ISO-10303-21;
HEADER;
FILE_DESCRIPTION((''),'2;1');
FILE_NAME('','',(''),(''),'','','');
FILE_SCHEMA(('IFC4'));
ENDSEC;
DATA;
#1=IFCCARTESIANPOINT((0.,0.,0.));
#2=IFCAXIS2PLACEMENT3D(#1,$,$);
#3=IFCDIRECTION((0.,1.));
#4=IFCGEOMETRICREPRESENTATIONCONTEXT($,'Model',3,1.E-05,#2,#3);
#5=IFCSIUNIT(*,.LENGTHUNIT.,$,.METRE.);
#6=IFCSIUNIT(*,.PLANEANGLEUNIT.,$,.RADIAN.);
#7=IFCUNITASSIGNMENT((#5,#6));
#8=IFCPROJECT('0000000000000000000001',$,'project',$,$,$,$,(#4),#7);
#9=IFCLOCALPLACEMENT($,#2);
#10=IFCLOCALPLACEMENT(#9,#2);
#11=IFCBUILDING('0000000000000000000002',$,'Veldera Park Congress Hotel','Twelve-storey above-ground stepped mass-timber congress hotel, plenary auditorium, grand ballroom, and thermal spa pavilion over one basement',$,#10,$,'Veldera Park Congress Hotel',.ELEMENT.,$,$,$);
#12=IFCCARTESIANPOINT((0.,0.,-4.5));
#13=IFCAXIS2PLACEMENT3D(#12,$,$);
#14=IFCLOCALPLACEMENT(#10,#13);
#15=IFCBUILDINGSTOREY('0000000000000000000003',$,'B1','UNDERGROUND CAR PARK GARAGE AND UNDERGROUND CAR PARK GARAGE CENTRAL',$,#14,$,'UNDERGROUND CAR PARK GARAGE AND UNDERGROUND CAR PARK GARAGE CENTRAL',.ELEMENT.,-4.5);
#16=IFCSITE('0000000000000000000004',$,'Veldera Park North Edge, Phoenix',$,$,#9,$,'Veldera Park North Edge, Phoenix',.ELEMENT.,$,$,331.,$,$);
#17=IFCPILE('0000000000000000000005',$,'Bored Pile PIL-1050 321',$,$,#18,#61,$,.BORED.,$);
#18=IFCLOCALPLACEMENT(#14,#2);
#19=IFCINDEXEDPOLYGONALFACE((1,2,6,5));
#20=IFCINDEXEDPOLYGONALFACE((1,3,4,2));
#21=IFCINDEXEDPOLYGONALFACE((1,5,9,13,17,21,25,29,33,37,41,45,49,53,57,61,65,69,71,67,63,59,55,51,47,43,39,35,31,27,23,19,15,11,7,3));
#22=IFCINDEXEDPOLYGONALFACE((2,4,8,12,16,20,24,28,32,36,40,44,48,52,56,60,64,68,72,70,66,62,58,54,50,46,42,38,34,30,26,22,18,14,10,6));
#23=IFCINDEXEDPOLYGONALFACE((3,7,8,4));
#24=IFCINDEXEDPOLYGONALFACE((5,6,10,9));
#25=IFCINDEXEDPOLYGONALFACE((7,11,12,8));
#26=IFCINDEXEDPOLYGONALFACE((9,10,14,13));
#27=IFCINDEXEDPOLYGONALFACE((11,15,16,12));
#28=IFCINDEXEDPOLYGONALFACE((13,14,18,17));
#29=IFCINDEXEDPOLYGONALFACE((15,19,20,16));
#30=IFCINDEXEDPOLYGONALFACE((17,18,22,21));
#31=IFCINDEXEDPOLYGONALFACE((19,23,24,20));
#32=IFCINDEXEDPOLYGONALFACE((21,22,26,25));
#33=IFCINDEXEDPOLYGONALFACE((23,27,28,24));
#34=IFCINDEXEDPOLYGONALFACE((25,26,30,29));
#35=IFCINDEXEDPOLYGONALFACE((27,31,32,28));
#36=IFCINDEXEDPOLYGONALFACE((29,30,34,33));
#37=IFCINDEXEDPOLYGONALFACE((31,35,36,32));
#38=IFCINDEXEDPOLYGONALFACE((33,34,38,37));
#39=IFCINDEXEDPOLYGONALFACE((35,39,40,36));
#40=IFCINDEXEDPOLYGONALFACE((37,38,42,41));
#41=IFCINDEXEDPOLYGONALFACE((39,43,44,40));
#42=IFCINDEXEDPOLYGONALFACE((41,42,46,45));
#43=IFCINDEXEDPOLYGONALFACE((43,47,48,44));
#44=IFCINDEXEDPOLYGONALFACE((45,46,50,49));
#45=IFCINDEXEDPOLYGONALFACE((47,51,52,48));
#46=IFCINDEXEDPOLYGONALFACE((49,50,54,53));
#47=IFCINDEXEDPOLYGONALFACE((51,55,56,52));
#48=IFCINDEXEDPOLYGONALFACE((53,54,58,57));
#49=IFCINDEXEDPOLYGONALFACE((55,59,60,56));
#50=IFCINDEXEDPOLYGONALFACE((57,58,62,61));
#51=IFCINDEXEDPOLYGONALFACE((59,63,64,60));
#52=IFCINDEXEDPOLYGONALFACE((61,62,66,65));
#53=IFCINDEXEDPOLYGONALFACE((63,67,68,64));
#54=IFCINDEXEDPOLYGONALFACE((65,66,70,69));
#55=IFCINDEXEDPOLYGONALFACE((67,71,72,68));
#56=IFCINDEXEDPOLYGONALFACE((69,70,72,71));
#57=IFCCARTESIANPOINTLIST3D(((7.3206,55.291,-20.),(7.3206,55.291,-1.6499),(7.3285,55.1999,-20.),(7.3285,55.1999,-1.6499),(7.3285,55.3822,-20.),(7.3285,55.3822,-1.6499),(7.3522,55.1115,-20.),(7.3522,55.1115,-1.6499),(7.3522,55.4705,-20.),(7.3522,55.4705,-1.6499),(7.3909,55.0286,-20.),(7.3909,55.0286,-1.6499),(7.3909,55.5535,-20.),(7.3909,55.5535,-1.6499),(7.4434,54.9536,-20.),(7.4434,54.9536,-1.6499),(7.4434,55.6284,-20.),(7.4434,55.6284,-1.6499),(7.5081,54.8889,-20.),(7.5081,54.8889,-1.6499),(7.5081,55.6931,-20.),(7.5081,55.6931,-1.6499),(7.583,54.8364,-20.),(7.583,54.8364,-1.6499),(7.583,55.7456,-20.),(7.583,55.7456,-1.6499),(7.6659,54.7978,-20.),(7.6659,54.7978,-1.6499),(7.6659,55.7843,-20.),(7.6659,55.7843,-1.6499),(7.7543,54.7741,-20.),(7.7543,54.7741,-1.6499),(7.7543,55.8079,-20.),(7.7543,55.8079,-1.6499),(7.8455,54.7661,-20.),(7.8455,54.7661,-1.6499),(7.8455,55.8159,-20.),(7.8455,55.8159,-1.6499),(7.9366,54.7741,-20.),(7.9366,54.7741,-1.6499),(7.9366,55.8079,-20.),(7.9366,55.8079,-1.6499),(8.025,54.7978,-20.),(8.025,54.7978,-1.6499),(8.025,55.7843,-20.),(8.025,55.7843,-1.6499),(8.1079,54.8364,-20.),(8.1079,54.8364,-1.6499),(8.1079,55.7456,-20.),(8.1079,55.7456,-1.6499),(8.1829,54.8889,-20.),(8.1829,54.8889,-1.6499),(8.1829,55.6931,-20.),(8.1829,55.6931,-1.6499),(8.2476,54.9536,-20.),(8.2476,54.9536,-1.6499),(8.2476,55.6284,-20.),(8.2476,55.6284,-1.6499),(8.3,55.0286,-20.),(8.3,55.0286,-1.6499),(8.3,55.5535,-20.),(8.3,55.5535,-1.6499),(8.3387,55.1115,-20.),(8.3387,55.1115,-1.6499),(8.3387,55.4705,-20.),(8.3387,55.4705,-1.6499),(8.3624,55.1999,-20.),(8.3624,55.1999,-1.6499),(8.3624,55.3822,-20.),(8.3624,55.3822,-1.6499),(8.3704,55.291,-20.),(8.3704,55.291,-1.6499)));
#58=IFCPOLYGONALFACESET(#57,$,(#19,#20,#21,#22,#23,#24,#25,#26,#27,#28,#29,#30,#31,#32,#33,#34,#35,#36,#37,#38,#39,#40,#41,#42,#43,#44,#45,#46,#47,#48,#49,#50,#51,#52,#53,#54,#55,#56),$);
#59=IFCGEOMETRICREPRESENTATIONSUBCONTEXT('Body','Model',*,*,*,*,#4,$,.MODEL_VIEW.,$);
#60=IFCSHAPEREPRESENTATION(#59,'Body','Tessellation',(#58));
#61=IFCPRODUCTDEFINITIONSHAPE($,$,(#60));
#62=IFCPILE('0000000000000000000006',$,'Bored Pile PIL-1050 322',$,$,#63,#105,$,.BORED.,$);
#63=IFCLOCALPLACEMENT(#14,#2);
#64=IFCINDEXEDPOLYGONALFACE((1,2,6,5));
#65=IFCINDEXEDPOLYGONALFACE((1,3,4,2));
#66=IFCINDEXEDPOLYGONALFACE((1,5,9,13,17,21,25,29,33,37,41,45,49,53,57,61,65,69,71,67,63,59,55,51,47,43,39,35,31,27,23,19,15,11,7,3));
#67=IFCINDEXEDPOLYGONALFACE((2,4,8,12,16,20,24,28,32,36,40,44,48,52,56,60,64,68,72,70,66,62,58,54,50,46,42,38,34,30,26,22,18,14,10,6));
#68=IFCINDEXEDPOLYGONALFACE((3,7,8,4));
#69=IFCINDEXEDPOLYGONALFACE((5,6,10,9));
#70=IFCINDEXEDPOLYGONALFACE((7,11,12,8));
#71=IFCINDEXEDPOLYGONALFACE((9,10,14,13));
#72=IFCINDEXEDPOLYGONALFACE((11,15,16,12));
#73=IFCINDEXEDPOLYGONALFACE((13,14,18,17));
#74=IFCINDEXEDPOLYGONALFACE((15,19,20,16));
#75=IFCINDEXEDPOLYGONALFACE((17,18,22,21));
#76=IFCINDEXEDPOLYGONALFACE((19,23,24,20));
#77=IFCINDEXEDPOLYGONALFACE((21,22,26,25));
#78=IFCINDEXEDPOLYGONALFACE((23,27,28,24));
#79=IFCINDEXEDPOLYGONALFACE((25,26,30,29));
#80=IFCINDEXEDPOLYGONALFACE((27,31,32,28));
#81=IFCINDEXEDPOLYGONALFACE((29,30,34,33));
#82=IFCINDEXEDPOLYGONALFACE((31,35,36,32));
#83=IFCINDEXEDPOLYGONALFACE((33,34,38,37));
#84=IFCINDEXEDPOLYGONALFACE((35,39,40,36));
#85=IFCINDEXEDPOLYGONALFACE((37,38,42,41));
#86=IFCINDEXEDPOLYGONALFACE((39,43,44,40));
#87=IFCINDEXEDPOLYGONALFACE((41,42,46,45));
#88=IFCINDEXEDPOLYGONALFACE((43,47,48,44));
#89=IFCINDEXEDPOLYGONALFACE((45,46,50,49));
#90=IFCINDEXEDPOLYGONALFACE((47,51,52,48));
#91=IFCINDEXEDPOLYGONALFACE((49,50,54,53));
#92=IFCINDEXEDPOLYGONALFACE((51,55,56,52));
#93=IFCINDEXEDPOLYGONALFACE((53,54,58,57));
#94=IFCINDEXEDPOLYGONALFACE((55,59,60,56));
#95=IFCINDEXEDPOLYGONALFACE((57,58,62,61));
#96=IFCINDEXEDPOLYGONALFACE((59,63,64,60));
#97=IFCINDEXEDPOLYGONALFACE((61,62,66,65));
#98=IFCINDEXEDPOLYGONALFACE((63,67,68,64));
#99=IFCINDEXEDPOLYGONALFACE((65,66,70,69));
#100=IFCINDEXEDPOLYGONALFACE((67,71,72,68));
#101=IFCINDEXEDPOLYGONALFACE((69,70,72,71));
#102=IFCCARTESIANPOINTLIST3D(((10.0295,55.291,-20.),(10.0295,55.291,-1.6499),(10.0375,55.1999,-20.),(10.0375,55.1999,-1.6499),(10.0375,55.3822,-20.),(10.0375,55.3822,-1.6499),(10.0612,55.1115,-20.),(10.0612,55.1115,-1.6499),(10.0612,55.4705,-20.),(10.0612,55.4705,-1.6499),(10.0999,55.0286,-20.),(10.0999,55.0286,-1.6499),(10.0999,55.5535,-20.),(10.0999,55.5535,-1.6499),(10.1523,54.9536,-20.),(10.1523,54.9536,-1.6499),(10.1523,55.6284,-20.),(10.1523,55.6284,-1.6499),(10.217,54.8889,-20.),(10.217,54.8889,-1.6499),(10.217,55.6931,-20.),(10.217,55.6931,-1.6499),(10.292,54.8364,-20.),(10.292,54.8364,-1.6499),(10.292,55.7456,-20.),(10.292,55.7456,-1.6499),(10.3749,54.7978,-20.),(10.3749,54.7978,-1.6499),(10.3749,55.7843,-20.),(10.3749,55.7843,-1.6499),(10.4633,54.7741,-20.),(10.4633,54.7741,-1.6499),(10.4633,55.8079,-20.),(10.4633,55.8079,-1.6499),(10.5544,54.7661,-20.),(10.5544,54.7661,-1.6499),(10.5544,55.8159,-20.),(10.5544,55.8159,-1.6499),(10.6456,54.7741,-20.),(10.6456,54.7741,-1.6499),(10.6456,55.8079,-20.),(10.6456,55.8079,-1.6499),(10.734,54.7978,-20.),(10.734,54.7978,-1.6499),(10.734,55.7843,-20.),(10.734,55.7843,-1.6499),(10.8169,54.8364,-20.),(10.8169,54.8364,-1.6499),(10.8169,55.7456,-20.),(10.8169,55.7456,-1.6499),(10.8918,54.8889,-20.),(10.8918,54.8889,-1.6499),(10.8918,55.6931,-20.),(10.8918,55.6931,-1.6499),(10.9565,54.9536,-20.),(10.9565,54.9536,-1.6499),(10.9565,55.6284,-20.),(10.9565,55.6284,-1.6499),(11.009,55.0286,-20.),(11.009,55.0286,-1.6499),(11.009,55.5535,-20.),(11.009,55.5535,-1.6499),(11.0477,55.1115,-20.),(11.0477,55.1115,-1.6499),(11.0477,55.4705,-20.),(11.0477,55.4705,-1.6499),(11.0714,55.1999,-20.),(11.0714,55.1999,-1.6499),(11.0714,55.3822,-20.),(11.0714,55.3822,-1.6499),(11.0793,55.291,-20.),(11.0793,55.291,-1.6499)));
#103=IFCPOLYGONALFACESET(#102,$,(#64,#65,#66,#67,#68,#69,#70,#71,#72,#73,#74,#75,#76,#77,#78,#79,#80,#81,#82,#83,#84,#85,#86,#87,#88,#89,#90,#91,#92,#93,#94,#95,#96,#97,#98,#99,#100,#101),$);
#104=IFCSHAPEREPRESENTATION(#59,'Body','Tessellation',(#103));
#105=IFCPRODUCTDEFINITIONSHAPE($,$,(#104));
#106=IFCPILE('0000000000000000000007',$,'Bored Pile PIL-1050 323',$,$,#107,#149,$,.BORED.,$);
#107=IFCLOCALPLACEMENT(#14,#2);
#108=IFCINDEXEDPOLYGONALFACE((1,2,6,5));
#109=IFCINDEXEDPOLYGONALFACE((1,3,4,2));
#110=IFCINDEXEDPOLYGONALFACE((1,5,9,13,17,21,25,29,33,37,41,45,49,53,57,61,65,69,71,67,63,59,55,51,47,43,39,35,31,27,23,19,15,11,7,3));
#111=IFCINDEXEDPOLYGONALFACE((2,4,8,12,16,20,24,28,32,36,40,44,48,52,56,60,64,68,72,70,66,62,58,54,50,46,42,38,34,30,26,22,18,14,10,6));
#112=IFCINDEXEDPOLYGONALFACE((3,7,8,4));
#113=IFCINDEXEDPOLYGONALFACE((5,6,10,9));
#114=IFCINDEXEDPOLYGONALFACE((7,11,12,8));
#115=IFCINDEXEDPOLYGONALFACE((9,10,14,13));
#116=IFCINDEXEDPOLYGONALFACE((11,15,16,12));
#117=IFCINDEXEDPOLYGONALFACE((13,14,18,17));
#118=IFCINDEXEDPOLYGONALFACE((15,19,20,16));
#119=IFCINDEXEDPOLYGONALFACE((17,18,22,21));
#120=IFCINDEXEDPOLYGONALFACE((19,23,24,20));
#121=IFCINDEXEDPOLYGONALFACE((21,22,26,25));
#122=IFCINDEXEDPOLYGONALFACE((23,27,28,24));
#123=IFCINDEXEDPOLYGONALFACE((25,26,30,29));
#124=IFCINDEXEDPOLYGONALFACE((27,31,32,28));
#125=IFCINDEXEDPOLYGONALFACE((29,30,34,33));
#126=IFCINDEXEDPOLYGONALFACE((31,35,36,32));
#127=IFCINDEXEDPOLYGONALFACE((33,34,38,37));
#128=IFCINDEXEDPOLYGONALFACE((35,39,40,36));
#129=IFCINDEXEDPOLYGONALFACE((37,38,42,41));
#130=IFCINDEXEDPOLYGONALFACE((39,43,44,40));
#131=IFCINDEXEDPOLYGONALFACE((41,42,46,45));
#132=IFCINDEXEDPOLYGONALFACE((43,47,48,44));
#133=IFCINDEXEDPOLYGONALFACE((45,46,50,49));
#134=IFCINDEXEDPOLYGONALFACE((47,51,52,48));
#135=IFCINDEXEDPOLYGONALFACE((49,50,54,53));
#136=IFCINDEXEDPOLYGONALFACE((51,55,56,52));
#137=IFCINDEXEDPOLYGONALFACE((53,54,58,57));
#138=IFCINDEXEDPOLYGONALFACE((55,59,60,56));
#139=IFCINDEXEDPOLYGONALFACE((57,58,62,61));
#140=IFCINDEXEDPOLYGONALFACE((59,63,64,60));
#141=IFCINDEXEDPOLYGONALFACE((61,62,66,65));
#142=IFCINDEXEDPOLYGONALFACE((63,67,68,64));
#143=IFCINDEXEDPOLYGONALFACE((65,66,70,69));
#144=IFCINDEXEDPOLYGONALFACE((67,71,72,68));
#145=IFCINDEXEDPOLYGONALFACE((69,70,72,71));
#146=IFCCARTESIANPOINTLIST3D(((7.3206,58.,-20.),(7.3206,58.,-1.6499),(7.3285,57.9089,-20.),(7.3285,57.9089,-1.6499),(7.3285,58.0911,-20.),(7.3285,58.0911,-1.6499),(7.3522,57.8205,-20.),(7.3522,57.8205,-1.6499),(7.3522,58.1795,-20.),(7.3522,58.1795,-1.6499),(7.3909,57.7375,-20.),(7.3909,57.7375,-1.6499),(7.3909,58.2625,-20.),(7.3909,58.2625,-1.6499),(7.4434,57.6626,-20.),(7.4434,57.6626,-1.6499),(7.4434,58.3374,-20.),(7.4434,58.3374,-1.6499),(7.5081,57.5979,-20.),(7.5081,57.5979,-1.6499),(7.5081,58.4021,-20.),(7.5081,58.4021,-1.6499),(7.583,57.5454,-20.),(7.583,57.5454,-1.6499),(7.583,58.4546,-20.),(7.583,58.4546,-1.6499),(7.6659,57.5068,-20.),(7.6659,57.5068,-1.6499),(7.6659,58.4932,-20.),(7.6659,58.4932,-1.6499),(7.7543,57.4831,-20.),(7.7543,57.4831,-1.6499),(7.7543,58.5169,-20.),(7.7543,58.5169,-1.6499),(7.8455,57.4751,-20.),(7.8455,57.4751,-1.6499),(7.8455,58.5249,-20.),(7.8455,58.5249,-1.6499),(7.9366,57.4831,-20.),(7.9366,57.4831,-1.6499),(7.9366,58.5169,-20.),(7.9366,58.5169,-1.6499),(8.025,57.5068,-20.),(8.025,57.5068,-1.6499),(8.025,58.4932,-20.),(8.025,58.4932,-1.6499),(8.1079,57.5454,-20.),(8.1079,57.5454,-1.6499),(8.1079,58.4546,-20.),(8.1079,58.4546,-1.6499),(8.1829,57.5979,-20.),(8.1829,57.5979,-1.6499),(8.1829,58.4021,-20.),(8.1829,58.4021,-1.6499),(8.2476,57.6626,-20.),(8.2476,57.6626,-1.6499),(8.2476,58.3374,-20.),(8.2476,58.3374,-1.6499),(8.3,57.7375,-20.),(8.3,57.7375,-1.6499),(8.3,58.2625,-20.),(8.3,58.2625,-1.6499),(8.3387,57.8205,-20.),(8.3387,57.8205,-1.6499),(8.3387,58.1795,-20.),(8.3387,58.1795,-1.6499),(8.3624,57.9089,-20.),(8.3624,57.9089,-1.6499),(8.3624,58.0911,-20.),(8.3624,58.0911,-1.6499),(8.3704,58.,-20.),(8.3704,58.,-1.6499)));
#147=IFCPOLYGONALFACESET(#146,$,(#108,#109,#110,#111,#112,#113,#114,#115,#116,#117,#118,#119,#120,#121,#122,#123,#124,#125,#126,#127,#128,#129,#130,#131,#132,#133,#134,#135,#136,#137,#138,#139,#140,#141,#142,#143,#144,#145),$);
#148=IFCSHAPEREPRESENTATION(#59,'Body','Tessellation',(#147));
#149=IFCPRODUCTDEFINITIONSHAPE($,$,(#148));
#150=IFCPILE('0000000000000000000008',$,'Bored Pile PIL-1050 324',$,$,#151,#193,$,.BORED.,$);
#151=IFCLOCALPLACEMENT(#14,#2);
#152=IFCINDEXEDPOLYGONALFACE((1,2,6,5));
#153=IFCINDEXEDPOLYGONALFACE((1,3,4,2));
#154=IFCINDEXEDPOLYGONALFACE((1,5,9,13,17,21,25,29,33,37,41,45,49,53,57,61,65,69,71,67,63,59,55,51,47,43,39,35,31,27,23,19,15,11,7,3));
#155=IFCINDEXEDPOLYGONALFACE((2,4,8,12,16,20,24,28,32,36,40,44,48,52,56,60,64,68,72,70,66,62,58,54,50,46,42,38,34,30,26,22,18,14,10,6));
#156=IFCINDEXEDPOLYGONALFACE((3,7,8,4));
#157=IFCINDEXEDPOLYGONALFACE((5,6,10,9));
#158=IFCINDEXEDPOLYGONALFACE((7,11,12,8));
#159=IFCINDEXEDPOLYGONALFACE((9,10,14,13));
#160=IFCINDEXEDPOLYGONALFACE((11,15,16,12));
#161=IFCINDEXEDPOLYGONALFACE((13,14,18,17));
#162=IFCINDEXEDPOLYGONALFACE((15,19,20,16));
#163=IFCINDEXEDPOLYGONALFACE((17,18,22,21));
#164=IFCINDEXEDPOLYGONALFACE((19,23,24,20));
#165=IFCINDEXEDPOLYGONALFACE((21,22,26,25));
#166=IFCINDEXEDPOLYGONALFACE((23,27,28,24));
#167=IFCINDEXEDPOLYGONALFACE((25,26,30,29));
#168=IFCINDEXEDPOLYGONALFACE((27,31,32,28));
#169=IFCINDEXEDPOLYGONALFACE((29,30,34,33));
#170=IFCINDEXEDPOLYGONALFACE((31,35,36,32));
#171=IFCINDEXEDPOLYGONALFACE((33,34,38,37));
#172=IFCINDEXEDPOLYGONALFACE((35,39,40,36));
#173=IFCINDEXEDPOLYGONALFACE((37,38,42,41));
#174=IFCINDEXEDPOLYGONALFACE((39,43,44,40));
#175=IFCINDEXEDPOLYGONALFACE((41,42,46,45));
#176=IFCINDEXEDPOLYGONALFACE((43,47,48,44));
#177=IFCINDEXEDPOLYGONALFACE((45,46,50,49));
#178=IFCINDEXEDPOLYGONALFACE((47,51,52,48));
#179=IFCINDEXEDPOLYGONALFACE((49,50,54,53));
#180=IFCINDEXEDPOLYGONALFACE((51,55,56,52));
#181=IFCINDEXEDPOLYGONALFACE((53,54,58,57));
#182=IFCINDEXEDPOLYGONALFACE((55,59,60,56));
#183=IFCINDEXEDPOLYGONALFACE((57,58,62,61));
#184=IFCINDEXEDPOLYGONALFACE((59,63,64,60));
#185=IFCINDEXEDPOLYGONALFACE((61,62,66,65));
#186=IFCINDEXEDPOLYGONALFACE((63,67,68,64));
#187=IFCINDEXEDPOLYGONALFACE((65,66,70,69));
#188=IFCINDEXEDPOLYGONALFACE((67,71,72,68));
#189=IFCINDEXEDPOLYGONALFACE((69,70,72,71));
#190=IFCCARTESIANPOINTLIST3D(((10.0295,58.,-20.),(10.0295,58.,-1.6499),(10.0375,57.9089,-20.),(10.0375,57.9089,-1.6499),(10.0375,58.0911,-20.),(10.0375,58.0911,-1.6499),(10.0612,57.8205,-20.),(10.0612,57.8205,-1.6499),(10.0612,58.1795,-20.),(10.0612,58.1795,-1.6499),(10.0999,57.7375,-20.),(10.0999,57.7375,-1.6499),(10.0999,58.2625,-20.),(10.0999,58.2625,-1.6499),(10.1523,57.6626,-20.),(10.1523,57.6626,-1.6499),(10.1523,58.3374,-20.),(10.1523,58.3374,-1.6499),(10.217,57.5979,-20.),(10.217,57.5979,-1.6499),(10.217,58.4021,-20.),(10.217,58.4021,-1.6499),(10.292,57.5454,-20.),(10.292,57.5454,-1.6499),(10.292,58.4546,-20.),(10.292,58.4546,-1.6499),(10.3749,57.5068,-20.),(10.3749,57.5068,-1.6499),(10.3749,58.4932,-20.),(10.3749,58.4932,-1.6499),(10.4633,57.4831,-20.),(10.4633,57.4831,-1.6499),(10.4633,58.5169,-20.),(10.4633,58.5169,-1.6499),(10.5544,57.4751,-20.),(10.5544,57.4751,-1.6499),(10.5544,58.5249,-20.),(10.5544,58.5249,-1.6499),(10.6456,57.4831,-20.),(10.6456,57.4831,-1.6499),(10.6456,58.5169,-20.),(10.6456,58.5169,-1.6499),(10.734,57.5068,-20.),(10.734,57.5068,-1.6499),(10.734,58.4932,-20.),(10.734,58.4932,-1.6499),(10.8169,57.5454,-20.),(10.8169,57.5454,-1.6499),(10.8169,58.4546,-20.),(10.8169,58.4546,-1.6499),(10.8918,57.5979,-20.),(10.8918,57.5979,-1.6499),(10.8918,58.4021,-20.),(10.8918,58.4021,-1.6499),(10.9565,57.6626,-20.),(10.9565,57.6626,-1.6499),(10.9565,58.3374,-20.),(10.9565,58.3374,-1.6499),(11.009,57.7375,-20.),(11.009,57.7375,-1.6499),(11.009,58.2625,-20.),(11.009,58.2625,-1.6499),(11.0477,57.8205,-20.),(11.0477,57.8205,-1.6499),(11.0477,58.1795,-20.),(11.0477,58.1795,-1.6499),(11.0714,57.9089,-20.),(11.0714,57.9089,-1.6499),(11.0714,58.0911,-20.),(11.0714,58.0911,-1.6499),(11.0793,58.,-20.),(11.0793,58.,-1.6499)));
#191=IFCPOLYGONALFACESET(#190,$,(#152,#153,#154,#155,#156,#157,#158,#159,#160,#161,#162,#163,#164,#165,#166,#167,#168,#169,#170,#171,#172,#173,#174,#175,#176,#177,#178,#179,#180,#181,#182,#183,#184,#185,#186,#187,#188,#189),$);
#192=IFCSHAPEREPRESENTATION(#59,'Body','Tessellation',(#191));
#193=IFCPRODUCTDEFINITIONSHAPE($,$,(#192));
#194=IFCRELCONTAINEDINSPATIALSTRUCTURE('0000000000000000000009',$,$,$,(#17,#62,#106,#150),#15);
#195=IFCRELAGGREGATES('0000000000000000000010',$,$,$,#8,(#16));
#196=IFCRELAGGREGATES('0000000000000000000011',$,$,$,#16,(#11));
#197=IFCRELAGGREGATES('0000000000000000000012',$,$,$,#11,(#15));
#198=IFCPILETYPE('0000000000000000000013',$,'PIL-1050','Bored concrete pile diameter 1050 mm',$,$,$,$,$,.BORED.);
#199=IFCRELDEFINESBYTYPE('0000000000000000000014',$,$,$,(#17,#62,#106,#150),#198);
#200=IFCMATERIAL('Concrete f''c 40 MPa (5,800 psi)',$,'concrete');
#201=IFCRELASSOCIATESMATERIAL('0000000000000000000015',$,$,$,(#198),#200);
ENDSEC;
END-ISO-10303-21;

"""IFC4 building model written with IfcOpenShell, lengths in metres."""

from ifc_helpers import new_model, si_unit, direction, frame, origin, origin_2d, place, context, subcontext, project, spatial, circle, extrude, material, material_profile, profile_set, type_object, element, save


model = new_model("IFC4")

# Units and contexts
model_context = context("Model", 3, precision=1e-05, world=origin(), true_north=direction((0.0, 1.0)))
body_context = subcontext(model_context, "Body", "Model", "MODEL_VIEW")
ifc_project = project(units=[si_unit("LENGTHUNIT", "METRE"), si_unit("PLANEANGLEUNIT", "RADIAN")], contexts=[model_context])

# Site, building, storey
site_placement = place(None, origin())
site = spatial("IfcSite", under=ifc_project, at=site_placement, Name="Veldera Park North Edge, Phoenix", LongName="Veldera Park North Edge, Phoenix", CompositionType="ELEMENT", RefElevation=331.0)
building_placement = place(site_placement, origin())
building = spatial("IfcBuilding", under=site, at=building_placement, Name="Veldera Park Congress Hotel", Description="Twelve-storey above-ground stepped mass-timber congress hotel, plenary auditorium, grand ballroom, and thermal spa pavilion over one basement", LongName="Veldera Park Congress Hotel", CompositionType="ELEMENT")
storey_placement = place(building_placement, frame((0.0, 0.0, -4.5)))
storey = spatial("IfcBuildingStorey", under=building, at=storey_placement, Name="B1", Description="UNDERGROUND CAR PARK GARAGE AND UNDERGROUND CAR PARK GARAGE CENTRAL", LongName="UNDERGROUND CAR PARK GARAGE AND UNDERGROUND CAR PARK GARAGE CENTRAL", CompositionType="ELEMENT", Elevation=-4.5)

# Shared definitions
ifc_material_1 = material(Name="Concrete f'c 40 MPa (5,800 psi)", Category="concrete")

# Piles
ifc_material_profile_1 = material_profile(ifc_material_1, circle(Radius=0.5249, at=origin_2d()), Name="PILE D1050")
ifc_profile_set_1 = profile_set([ifc_material_profile_1], Name="Concrete f'c 40 MPa (5,800 psi)")
pile_type = type_object("IfcPileType", Name="PIL-1050", Description="Bored concrete pile diameter 1050 mm", PredefinedType="BORED", material=ifc_profile_set_1)
for number, where, z_axis, x_axis, name in (
    (1, (7.8455, 55.291, -1.6499), (0.0, 0.0, -1.0), (1.0, 0.0, 0.0), "Bored Pile PIL-1050 321"),
    (2, (10.5544, 55.291, -1.6499), (0.0, 0.0, -1.0), (1.0, 0.0, 0.0), "Bored Pile PIL-1050 322"),
    (3, (7.8455, 58.0, -1.6499), (0.0, 0.0, -1.0), (1.0, 0.0, 0.0), "Bored Pile PIL-1050 323"),
    (4, (10.5544, 58.0, -1.6499), (0.0, 0.0, -1.0), (1.0, 0.0, 0.0), "Bored Pile PIL-1050 324"),
):
    element("IfcPile", number, at=place(storey_placement, frame(where, z_axis=z_axis, x_axis=x_axis)), inside=storey, type_object=pile_type, Name=name, PredefinedType="BORED", context=body_context, shape_type="SweptSolid", body=[
        extrude(circle(Radius=0.5249, at=origin_2d()), origin(), (0.0, 0.0, 1.0), 18.3501),
    ])

save(model, "model.ifc")
